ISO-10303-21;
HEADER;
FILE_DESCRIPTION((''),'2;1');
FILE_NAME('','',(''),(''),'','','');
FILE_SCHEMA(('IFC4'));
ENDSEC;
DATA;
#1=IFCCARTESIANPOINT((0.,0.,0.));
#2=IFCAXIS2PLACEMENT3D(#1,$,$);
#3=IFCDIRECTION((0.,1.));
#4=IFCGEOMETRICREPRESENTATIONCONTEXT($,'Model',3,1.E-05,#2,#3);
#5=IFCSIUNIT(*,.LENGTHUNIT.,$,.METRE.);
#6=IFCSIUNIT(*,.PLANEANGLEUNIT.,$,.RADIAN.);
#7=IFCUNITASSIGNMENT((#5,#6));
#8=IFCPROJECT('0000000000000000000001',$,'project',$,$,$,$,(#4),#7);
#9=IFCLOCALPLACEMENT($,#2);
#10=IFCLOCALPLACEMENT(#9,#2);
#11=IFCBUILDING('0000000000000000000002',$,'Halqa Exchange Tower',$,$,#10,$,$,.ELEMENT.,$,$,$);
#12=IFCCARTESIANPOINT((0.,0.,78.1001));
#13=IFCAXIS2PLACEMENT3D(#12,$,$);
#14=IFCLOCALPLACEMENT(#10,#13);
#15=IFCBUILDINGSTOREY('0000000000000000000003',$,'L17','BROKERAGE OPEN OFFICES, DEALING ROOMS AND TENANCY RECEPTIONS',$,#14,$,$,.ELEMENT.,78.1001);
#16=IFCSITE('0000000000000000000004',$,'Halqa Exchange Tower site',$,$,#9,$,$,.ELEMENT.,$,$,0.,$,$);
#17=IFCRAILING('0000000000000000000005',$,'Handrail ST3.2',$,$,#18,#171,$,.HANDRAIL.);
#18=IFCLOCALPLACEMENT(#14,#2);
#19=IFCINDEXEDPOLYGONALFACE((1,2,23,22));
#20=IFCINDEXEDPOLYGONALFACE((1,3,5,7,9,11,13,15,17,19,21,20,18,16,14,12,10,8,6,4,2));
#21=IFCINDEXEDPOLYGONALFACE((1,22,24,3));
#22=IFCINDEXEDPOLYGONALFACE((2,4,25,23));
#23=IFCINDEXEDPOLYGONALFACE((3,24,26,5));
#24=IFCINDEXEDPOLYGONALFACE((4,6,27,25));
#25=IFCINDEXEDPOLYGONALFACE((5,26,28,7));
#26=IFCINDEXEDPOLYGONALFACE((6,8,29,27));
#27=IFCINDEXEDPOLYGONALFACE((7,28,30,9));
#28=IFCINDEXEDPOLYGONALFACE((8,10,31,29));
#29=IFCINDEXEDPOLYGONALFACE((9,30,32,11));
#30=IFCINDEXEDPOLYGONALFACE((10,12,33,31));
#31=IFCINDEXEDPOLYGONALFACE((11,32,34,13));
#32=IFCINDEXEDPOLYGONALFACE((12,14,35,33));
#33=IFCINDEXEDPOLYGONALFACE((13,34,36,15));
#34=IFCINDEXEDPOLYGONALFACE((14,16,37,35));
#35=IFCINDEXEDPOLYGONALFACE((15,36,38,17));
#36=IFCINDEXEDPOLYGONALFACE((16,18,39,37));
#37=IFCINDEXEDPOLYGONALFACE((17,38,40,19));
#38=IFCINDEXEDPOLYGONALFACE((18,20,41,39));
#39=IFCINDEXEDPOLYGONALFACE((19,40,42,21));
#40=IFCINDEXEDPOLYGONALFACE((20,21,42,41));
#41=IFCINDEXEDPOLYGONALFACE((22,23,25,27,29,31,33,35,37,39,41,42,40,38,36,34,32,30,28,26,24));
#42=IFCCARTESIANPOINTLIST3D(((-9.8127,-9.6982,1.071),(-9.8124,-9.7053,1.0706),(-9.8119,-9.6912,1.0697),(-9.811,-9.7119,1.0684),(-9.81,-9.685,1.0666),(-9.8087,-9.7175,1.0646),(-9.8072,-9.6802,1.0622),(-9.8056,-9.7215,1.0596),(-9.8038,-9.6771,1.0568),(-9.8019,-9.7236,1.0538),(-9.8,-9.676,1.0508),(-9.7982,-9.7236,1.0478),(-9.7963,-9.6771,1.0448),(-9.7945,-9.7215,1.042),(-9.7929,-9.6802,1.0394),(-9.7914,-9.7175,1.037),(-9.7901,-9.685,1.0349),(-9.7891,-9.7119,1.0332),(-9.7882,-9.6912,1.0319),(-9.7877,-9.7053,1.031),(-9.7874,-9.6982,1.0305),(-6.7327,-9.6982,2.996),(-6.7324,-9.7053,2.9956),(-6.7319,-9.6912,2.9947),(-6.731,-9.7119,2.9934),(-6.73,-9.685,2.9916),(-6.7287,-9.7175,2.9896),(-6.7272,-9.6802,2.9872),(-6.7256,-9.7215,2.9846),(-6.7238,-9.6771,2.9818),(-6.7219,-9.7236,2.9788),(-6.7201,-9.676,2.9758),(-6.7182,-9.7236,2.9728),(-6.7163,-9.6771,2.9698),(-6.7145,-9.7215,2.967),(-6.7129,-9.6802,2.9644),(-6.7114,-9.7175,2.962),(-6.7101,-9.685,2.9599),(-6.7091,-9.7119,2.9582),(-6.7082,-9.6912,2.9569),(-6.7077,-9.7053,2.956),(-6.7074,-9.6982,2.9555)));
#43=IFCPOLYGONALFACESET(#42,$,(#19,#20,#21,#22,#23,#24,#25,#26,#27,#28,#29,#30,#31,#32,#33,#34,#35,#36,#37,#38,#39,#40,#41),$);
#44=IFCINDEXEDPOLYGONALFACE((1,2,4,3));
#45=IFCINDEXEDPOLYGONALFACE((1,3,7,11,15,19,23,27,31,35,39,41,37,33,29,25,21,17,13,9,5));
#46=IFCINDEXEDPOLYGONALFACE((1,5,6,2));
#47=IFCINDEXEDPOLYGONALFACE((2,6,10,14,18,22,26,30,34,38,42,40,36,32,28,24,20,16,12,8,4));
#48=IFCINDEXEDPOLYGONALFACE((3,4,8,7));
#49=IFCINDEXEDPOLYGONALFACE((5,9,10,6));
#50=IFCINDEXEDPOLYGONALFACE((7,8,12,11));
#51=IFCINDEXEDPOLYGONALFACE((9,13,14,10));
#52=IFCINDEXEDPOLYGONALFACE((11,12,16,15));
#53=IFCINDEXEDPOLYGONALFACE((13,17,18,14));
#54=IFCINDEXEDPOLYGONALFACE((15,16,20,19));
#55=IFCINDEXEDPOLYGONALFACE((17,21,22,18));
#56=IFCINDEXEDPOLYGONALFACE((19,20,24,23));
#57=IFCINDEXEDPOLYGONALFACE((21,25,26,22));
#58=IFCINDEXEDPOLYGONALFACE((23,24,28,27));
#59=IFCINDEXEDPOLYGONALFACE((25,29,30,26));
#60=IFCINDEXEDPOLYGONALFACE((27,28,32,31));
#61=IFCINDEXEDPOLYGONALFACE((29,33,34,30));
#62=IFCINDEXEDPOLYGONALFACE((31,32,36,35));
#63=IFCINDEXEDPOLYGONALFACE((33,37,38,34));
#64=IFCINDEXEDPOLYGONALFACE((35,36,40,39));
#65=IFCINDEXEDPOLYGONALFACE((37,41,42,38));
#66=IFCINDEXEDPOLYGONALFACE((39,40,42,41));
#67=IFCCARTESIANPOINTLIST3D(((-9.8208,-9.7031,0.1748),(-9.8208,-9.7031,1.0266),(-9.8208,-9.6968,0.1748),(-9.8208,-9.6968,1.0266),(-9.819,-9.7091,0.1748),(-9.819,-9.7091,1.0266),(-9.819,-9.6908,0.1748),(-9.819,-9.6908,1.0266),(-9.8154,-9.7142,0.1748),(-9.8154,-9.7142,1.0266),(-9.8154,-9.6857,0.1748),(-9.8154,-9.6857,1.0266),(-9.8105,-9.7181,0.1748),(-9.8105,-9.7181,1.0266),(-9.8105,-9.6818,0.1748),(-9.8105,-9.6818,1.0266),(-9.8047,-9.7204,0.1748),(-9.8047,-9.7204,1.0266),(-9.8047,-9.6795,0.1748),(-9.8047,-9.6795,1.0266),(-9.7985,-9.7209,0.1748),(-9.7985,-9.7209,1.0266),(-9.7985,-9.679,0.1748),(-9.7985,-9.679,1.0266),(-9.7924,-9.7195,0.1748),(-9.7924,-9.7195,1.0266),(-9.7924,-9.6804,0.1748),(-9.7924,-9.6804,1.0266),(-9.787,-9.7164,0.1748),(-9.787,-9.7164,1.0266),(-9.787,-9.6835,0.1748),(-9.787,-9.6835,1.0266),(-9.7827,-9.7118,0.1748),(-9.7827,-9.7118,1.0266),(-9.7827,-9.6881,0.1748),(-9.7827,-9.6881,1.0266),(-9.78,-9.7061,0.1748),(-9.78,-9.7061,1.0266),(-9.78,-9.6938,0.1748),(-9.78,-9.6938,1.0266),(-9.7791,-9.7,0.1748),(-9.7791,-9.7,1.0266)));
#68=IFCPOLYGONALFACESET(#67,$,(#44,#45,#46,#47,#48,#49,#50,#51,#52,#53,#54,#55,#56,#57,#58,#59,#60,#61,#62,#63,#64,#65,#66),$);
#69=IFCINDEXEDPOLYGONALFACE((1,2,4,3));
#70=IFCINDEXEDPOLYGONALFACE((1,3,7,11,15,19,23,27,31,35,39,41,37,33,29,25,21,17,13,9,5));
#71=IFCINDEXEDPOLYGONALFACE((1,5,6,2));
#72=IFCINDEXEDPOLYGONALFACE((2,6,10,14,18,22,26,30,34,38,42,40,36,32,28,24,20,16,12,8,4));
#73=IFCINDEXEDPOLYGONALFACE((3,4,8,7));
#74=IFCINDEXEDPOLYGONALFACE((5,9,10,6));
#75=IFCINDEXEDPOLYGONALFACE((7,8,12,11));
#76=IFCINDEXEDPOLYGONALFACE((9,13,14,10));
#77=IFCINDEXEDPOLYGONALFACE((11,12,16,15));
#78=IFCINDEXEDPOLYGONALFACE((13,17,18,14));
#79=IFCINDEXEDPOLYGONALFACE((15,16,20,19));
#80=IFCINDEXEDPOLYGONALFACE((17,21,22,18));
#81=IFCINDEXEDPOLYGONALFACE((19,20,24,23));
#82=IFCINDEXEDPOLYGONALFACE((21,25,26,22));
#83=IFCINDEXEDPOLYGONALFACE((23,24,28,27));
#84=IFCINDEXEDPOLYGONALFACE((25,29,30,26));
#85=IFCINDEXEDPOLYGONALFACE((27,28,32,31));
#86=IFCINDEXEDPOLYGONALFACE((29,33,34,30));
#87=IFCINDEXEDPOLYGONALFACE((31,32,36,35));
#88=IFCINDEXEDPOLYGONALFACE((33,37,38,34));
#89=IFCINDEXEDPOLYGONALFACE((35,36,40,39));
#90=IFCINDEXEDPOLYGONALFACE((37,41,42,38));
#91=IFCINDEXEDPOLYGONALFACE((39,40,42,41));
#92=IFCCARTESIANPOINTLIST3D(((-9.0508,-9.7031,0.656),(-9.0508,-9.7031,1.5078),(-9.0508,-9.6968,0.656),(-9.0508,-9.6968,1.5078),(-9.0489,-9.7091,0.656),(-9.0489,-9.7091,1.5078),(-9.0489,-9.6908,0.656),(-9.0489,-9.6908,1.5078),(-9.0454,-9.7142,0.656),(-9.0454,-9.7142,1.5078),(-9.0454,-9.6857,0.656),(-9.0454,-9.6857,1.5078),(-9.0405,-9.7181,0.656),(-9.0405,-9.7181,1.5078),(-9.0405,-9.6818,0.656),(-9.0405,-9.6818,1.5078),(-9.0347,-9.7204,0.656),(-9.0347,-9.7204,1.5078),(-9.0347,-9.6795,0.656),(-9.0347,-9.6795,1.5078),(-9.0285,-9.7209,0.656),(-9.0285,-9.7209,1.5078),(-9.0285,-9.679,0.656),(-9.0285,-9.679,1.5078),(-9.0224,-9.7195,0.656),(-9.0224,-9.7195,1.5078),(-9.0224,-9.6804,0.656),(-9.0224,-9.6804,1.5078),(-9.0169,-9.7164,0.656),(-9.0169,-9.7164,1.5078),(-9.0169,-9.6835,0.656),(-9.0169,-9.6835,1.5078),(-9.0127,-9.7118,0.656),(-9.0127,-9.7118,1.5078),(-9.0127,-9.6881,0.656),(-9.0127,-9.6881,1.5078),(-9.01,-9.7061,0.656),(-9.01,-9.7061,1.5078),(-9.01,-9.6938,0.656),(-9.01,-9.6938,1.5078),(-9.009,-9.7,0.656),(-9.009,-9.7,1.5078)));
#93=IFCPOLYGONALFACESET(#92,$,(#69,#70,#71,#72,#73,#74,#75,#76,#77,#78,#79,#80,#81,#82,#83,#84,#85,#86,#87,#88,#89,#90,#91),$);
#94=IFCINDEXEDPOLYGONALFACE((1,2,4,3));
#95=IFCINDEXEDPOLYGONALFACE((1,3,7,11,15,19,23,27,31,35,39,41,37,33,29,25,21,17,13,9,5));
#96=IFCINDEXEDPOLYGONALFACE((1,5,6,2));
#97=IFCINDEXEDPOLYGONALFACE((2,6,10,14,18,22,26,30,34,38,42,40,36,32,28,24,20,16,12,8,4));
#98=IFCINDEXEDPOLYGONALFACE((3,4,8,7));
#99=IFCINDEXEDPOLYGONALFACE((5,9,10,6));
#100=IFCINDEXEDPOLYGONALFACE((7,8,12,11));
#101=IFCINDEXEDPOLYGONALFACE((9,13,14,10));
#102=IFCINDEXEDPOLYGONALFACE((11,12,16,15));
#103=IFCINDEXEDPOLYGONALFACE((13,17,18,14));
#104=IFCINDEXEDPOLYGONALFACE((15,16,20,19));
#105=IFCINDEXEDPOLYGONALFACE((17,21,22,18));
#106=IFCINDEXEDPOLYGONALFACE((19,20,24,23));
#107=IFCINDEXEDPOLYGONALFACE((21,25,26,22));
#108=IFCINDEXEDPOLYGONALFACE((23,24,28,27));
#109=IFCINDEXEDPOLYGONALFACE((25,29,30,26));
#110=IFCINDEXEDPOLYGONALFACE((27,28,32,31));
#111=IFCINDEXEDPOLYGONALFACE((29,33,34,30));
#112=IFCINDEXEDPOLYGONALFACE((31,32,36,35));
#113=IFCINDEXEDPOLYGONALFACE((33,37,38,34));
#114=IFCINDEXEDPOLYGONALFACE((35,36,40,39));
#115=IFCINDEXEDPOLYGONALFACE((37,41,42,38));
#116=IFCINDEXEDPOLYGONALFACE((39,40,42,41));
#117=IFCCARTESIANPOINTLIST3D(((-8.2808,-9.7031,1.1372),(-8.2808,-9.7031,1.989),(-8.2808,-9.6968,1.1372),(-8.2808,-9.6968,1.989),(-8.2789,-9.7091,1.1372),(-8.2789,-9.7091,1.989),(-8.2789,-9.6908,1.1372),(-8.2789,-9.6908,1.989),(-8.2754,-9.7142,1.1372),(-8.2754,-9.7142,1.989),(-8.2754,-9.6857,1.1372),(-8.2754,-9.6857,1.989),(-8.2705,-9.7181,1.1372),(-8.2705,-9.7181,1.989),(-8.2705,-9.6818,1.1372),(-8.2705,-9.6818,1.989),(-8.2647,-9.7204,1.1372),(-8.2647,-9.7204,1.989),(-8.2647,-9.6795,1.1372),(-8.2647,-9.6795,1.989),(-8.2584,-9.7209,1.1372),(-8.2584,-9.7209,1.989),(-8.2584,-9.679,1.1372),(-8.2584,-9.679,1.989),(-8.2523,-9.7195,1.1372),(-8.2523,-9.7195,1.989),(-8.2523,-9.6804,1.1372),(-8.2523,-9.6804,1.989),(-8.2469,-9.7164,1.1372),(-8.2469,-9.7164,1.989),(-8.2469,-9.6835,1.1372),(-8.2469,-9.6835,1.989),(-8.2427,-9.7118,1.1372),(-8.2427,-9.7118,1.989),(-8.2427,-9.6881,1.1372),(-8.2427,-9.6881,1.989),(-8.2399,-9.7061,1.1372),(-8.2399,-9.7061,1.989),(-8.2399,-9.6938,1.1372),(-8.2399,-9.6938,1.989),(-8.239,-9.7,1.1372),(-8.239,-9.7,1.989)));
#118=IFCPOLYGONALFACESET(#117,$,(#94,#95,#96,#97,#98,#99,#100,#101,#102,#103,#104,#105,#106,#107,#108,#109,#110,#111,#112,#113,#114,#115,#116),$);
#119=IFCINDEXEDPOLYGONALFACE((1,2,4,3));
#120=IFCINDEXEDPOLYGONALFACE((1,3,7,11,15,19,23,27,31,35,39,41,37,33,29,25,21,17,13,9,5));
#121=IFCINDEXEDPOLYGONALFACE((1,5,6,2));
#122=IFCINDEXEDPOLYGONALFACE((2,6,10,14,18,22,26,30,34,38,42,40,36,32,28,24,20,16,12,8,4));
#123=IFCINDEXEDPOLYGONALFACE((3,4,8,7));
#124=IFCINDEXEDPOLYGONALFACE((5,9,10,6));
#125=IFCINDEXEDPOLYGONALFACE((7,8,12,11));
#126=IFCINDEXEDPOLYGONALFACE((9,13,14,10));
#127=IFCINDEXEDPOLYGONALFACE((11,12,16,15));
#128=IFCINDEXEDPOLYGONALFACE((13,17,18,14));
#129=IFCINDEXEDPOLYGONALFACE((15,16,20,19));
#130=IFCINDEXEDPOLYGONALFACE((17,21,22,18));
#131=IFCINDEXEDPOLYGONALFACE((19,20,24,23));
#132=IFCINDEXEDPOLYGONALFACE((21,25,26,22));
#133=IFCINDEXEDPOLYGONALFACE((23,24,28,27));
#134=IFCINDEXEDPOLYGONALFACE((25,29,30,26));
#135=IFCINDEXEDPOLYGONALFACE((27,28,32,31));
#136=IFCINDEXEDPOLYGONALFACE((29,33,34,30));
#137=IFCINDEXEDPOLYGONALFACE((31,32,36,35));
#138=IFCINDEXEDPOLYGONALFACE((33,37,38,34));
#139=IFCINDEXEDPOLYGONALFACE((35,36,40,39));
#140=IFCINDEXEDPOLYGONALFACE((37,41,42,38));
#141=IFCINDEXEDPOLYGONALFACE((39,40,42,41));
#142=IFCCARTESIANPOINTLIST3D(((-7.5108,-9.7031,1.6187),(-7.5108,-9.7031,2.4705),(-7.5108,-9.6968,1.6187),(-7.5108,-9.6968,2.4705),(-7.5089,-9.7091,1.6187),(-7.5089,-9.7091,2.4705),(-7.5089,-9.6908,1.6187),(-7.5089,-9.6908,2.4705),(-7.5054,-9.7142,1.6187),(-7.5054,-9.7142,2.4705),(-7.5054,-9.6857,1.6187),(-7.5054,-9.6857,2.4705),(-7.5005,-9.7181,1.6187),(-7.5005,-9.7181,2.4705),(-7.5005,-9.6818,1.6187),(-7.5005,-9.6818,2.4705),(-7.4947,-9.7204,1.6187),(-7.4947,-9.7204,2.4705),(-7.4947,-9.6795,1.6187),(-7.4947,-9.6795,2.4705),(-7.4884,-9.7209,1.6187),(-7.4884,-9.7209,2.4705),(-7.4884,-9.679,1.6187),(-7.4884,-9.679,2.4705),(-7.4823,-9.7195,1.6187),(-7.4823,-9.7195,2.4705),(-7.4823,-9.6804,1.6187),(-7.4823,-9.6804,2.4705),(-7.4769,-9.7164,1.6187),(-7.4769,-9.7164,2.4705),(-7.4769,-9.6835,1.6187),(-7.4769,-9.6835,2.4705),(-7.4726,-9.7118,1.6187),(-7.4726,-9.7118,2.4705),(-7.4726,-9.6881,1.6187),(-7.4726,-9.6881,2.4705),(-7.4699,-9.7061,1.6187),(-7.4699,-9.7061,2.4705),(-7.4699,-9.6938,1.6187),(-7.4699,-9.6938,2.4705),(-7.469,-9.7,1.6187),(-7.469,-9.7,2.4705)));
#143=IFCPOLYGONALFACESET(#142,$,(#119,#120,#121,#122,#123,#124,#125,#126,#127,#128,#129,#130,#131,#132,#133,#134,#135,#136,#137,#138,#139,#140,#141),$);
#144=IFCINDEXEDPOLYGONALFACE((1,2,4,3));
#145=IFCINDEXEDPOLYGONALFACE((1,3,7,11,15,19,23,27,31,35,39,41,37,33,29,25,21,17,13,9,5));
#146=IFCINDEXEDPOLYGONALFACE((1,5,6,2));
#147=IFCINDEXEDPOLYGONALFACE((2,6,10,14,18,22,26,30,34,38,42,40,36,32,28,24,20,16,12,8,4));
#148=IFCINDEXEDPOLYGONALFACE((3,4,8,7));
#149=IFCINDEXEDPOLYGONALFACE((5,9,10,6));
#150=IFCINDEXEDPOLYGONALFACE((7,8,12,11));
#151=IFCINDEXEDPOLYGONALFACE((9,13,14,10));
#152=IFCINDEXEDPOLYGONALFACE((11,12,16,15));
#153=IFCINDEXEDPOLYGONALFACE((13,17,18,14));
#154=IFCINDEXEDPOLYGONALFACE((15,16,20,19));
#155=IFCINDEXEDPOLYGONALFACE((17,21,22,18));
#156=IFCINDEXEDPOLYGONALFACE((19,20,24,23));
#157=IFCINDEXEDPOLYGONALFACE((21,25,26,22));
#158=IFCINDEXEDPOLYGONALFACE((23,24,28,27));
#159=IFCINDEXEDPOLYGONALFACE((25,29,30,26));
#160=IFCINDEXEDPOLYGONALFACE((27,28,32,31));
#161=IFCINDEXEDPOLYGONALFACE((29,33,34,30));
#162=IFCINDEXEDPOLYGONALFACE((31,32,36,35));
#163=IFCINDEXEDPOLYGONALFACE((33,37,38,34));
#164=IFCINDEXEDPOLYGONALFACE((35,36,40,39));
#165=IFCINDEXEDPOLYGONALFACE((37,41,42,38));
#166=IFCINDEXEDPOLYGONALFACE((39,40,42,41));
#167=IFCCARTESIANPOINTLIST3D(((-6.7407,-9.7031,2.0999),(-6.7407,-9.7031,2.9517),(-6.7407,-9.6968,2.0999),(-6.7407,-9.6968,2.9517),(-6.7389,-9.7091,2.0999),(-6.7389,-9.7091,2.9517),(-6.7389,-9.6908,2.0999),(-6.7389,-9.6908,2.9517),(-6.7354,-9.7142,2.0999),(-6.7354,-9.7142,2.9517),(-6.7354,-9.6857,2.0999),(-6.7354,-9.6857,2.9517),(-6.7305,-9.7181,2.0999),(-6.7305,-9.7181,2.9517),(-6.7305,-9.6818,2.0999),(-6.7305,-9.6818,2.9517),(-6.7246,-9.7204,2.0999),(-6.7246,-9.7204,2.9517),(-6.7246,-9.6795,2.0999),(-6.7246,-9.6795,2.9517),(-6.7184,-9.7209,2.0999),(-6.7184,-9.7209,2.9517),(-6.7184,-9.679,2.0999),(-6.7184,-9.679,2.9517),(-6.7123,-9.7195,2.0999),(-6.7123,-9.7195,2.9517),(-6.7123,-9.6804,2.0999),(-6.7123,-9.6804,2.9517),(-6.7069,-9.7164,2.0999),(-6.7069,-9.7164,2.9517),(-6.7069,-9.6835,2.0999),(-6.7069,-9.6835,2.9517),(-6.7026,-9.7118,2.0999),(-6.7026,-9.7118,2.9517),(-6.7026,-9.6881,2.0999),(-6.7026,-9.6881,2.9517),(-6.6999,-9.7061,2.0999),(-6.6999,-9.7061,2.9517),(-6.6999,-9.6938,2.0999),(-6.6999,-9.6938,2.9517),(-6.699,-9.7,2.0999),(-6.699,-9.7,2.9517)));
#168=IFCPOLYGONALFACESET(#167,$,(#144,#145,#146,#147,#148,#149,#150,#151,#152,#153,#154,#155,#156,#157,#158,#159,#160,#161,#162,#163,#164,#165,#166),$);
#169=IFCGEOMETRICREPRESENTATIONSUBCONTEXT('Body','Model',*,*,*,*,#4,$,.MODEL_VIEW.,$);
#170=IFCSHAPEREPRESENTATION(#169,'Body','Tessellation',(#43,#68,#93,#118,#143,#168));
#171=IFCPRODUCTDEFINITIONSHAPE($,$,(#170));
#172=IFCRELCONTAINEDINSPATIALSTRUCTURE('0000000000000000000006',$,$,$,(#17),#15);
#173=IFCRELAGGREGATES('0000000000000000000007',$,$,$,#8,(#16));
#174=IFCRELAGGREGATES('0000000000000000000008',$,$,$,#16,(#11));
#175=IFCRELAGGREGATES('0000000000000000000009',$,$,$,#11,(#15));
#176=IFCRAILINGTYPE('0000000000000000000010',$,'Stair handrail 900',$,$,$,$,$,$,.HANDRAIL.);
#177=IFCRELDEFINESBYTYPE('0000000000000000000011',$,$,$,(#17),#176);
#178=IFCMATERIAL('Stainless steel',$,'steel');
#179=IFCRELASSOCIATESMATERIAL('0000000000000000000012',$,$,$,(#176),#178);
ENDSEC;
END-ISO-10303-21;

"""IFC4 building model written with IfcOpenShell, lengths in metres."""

from ifc_helpers import new_model, si_unit, direction, frame, origin, origin_2d, place, context, subcontext, project, spatial, circle, extrude, material, type_object, element, save


model = new_model("IFC4")

# Units and contexts
model_context = context("Model", 3, precision=1e-05, world=origin(), true_north=direction((0.0, 1.0)))
body_context = subcontext(model_context, "Body", "Model", "MODEL_VIEW")
ifc_project = project(units=[si_unit("LENGTHUNIT", "METRE"), si_unit("PLANEANGLEUNIT", "RADIAN")], contexts=[model_context])

# Site, building, storey
site_placement = place(None, origin())
site = spatial("IfcSite", under=ifc_project, at=site_placement, Name="Halqa Exchange Tower site", CompositionType="ELEMENT", RefElevation=0.0)
building_placement = place(site_placement, origin())
building = spatial("IfcBuilding", under=site, at=building_placement, Name="Halqa Exchange Tower", CompositionType="ELEMENT")
storey_placement = place(building_placement, frame((0.0, 0.0, 78.1001)))
storey = spatial("IfcBuildingStorey", under=building, at=storey_placement, Name="L17", Description="BROKERAGE OPEN OFFICES, DEALING ROOMS AND TENANCY RECEPTIONS", CompositionType="ELEMENT", Elevation=78.1001)

# Shared definitions
ifc_material_1 = material(Name="Stainless steel", Category="steel")

# Railing
railing_type_1 = type_object("IfcRailingType", Name="Stair handrail 900", PredefinedType="HANDRAIL", material=ifc_material_1)
railing_1_placement = place(storey_placement, frame((-9.8, -9.7, 0.1748)))
element("IfcRailing", 1, at=railing_1_placement, inside=storey, type_object=railing_type_1, Name="Handrail ST3.2", PredefinedType="HANDRAIL", context=body_context, shape_type="SweptSolid", body=[
    extrude(circle(Radius=0.0239, at=origin_2d()), frame((0.0, 0.0, 0.876), z_axis=(0.847998, 0.0, 0.529999), x_axis=(0.0, 1.0, 0.0)), (0.0, 0.0, 1.0), 3.6321),
    extrude(circle(Radius=0.021, at=origin_2d()), origin(), (0.0, 0.0, 1.0), 0.8518),
    extrude(circle(Radius=0.021, at=origin_2d()), frame((0.77, 0.0, 0.4812)), (0.0, 0.0, 1.0), 0.8518),
    extrude(circle(Radius=0.021, at=origin_2d()), frame((1.54, 0.0, 0.9624)), (0.0, 0.0, 1.0), 0.8518),
    extrude(circle(Radius=0.021, at=origin_2d()), frame((2.3101, 0.0, 1.4438)), (0.0, 0.0, 1.0), 0.8518),
    extrude(circle(Radius=0.021, at=origin_2d()), frame((3.0801, 0.0, 1.925)), (0.0, 0.0, 1.0), 0.8518),
])

save(model, "model.ifc")
